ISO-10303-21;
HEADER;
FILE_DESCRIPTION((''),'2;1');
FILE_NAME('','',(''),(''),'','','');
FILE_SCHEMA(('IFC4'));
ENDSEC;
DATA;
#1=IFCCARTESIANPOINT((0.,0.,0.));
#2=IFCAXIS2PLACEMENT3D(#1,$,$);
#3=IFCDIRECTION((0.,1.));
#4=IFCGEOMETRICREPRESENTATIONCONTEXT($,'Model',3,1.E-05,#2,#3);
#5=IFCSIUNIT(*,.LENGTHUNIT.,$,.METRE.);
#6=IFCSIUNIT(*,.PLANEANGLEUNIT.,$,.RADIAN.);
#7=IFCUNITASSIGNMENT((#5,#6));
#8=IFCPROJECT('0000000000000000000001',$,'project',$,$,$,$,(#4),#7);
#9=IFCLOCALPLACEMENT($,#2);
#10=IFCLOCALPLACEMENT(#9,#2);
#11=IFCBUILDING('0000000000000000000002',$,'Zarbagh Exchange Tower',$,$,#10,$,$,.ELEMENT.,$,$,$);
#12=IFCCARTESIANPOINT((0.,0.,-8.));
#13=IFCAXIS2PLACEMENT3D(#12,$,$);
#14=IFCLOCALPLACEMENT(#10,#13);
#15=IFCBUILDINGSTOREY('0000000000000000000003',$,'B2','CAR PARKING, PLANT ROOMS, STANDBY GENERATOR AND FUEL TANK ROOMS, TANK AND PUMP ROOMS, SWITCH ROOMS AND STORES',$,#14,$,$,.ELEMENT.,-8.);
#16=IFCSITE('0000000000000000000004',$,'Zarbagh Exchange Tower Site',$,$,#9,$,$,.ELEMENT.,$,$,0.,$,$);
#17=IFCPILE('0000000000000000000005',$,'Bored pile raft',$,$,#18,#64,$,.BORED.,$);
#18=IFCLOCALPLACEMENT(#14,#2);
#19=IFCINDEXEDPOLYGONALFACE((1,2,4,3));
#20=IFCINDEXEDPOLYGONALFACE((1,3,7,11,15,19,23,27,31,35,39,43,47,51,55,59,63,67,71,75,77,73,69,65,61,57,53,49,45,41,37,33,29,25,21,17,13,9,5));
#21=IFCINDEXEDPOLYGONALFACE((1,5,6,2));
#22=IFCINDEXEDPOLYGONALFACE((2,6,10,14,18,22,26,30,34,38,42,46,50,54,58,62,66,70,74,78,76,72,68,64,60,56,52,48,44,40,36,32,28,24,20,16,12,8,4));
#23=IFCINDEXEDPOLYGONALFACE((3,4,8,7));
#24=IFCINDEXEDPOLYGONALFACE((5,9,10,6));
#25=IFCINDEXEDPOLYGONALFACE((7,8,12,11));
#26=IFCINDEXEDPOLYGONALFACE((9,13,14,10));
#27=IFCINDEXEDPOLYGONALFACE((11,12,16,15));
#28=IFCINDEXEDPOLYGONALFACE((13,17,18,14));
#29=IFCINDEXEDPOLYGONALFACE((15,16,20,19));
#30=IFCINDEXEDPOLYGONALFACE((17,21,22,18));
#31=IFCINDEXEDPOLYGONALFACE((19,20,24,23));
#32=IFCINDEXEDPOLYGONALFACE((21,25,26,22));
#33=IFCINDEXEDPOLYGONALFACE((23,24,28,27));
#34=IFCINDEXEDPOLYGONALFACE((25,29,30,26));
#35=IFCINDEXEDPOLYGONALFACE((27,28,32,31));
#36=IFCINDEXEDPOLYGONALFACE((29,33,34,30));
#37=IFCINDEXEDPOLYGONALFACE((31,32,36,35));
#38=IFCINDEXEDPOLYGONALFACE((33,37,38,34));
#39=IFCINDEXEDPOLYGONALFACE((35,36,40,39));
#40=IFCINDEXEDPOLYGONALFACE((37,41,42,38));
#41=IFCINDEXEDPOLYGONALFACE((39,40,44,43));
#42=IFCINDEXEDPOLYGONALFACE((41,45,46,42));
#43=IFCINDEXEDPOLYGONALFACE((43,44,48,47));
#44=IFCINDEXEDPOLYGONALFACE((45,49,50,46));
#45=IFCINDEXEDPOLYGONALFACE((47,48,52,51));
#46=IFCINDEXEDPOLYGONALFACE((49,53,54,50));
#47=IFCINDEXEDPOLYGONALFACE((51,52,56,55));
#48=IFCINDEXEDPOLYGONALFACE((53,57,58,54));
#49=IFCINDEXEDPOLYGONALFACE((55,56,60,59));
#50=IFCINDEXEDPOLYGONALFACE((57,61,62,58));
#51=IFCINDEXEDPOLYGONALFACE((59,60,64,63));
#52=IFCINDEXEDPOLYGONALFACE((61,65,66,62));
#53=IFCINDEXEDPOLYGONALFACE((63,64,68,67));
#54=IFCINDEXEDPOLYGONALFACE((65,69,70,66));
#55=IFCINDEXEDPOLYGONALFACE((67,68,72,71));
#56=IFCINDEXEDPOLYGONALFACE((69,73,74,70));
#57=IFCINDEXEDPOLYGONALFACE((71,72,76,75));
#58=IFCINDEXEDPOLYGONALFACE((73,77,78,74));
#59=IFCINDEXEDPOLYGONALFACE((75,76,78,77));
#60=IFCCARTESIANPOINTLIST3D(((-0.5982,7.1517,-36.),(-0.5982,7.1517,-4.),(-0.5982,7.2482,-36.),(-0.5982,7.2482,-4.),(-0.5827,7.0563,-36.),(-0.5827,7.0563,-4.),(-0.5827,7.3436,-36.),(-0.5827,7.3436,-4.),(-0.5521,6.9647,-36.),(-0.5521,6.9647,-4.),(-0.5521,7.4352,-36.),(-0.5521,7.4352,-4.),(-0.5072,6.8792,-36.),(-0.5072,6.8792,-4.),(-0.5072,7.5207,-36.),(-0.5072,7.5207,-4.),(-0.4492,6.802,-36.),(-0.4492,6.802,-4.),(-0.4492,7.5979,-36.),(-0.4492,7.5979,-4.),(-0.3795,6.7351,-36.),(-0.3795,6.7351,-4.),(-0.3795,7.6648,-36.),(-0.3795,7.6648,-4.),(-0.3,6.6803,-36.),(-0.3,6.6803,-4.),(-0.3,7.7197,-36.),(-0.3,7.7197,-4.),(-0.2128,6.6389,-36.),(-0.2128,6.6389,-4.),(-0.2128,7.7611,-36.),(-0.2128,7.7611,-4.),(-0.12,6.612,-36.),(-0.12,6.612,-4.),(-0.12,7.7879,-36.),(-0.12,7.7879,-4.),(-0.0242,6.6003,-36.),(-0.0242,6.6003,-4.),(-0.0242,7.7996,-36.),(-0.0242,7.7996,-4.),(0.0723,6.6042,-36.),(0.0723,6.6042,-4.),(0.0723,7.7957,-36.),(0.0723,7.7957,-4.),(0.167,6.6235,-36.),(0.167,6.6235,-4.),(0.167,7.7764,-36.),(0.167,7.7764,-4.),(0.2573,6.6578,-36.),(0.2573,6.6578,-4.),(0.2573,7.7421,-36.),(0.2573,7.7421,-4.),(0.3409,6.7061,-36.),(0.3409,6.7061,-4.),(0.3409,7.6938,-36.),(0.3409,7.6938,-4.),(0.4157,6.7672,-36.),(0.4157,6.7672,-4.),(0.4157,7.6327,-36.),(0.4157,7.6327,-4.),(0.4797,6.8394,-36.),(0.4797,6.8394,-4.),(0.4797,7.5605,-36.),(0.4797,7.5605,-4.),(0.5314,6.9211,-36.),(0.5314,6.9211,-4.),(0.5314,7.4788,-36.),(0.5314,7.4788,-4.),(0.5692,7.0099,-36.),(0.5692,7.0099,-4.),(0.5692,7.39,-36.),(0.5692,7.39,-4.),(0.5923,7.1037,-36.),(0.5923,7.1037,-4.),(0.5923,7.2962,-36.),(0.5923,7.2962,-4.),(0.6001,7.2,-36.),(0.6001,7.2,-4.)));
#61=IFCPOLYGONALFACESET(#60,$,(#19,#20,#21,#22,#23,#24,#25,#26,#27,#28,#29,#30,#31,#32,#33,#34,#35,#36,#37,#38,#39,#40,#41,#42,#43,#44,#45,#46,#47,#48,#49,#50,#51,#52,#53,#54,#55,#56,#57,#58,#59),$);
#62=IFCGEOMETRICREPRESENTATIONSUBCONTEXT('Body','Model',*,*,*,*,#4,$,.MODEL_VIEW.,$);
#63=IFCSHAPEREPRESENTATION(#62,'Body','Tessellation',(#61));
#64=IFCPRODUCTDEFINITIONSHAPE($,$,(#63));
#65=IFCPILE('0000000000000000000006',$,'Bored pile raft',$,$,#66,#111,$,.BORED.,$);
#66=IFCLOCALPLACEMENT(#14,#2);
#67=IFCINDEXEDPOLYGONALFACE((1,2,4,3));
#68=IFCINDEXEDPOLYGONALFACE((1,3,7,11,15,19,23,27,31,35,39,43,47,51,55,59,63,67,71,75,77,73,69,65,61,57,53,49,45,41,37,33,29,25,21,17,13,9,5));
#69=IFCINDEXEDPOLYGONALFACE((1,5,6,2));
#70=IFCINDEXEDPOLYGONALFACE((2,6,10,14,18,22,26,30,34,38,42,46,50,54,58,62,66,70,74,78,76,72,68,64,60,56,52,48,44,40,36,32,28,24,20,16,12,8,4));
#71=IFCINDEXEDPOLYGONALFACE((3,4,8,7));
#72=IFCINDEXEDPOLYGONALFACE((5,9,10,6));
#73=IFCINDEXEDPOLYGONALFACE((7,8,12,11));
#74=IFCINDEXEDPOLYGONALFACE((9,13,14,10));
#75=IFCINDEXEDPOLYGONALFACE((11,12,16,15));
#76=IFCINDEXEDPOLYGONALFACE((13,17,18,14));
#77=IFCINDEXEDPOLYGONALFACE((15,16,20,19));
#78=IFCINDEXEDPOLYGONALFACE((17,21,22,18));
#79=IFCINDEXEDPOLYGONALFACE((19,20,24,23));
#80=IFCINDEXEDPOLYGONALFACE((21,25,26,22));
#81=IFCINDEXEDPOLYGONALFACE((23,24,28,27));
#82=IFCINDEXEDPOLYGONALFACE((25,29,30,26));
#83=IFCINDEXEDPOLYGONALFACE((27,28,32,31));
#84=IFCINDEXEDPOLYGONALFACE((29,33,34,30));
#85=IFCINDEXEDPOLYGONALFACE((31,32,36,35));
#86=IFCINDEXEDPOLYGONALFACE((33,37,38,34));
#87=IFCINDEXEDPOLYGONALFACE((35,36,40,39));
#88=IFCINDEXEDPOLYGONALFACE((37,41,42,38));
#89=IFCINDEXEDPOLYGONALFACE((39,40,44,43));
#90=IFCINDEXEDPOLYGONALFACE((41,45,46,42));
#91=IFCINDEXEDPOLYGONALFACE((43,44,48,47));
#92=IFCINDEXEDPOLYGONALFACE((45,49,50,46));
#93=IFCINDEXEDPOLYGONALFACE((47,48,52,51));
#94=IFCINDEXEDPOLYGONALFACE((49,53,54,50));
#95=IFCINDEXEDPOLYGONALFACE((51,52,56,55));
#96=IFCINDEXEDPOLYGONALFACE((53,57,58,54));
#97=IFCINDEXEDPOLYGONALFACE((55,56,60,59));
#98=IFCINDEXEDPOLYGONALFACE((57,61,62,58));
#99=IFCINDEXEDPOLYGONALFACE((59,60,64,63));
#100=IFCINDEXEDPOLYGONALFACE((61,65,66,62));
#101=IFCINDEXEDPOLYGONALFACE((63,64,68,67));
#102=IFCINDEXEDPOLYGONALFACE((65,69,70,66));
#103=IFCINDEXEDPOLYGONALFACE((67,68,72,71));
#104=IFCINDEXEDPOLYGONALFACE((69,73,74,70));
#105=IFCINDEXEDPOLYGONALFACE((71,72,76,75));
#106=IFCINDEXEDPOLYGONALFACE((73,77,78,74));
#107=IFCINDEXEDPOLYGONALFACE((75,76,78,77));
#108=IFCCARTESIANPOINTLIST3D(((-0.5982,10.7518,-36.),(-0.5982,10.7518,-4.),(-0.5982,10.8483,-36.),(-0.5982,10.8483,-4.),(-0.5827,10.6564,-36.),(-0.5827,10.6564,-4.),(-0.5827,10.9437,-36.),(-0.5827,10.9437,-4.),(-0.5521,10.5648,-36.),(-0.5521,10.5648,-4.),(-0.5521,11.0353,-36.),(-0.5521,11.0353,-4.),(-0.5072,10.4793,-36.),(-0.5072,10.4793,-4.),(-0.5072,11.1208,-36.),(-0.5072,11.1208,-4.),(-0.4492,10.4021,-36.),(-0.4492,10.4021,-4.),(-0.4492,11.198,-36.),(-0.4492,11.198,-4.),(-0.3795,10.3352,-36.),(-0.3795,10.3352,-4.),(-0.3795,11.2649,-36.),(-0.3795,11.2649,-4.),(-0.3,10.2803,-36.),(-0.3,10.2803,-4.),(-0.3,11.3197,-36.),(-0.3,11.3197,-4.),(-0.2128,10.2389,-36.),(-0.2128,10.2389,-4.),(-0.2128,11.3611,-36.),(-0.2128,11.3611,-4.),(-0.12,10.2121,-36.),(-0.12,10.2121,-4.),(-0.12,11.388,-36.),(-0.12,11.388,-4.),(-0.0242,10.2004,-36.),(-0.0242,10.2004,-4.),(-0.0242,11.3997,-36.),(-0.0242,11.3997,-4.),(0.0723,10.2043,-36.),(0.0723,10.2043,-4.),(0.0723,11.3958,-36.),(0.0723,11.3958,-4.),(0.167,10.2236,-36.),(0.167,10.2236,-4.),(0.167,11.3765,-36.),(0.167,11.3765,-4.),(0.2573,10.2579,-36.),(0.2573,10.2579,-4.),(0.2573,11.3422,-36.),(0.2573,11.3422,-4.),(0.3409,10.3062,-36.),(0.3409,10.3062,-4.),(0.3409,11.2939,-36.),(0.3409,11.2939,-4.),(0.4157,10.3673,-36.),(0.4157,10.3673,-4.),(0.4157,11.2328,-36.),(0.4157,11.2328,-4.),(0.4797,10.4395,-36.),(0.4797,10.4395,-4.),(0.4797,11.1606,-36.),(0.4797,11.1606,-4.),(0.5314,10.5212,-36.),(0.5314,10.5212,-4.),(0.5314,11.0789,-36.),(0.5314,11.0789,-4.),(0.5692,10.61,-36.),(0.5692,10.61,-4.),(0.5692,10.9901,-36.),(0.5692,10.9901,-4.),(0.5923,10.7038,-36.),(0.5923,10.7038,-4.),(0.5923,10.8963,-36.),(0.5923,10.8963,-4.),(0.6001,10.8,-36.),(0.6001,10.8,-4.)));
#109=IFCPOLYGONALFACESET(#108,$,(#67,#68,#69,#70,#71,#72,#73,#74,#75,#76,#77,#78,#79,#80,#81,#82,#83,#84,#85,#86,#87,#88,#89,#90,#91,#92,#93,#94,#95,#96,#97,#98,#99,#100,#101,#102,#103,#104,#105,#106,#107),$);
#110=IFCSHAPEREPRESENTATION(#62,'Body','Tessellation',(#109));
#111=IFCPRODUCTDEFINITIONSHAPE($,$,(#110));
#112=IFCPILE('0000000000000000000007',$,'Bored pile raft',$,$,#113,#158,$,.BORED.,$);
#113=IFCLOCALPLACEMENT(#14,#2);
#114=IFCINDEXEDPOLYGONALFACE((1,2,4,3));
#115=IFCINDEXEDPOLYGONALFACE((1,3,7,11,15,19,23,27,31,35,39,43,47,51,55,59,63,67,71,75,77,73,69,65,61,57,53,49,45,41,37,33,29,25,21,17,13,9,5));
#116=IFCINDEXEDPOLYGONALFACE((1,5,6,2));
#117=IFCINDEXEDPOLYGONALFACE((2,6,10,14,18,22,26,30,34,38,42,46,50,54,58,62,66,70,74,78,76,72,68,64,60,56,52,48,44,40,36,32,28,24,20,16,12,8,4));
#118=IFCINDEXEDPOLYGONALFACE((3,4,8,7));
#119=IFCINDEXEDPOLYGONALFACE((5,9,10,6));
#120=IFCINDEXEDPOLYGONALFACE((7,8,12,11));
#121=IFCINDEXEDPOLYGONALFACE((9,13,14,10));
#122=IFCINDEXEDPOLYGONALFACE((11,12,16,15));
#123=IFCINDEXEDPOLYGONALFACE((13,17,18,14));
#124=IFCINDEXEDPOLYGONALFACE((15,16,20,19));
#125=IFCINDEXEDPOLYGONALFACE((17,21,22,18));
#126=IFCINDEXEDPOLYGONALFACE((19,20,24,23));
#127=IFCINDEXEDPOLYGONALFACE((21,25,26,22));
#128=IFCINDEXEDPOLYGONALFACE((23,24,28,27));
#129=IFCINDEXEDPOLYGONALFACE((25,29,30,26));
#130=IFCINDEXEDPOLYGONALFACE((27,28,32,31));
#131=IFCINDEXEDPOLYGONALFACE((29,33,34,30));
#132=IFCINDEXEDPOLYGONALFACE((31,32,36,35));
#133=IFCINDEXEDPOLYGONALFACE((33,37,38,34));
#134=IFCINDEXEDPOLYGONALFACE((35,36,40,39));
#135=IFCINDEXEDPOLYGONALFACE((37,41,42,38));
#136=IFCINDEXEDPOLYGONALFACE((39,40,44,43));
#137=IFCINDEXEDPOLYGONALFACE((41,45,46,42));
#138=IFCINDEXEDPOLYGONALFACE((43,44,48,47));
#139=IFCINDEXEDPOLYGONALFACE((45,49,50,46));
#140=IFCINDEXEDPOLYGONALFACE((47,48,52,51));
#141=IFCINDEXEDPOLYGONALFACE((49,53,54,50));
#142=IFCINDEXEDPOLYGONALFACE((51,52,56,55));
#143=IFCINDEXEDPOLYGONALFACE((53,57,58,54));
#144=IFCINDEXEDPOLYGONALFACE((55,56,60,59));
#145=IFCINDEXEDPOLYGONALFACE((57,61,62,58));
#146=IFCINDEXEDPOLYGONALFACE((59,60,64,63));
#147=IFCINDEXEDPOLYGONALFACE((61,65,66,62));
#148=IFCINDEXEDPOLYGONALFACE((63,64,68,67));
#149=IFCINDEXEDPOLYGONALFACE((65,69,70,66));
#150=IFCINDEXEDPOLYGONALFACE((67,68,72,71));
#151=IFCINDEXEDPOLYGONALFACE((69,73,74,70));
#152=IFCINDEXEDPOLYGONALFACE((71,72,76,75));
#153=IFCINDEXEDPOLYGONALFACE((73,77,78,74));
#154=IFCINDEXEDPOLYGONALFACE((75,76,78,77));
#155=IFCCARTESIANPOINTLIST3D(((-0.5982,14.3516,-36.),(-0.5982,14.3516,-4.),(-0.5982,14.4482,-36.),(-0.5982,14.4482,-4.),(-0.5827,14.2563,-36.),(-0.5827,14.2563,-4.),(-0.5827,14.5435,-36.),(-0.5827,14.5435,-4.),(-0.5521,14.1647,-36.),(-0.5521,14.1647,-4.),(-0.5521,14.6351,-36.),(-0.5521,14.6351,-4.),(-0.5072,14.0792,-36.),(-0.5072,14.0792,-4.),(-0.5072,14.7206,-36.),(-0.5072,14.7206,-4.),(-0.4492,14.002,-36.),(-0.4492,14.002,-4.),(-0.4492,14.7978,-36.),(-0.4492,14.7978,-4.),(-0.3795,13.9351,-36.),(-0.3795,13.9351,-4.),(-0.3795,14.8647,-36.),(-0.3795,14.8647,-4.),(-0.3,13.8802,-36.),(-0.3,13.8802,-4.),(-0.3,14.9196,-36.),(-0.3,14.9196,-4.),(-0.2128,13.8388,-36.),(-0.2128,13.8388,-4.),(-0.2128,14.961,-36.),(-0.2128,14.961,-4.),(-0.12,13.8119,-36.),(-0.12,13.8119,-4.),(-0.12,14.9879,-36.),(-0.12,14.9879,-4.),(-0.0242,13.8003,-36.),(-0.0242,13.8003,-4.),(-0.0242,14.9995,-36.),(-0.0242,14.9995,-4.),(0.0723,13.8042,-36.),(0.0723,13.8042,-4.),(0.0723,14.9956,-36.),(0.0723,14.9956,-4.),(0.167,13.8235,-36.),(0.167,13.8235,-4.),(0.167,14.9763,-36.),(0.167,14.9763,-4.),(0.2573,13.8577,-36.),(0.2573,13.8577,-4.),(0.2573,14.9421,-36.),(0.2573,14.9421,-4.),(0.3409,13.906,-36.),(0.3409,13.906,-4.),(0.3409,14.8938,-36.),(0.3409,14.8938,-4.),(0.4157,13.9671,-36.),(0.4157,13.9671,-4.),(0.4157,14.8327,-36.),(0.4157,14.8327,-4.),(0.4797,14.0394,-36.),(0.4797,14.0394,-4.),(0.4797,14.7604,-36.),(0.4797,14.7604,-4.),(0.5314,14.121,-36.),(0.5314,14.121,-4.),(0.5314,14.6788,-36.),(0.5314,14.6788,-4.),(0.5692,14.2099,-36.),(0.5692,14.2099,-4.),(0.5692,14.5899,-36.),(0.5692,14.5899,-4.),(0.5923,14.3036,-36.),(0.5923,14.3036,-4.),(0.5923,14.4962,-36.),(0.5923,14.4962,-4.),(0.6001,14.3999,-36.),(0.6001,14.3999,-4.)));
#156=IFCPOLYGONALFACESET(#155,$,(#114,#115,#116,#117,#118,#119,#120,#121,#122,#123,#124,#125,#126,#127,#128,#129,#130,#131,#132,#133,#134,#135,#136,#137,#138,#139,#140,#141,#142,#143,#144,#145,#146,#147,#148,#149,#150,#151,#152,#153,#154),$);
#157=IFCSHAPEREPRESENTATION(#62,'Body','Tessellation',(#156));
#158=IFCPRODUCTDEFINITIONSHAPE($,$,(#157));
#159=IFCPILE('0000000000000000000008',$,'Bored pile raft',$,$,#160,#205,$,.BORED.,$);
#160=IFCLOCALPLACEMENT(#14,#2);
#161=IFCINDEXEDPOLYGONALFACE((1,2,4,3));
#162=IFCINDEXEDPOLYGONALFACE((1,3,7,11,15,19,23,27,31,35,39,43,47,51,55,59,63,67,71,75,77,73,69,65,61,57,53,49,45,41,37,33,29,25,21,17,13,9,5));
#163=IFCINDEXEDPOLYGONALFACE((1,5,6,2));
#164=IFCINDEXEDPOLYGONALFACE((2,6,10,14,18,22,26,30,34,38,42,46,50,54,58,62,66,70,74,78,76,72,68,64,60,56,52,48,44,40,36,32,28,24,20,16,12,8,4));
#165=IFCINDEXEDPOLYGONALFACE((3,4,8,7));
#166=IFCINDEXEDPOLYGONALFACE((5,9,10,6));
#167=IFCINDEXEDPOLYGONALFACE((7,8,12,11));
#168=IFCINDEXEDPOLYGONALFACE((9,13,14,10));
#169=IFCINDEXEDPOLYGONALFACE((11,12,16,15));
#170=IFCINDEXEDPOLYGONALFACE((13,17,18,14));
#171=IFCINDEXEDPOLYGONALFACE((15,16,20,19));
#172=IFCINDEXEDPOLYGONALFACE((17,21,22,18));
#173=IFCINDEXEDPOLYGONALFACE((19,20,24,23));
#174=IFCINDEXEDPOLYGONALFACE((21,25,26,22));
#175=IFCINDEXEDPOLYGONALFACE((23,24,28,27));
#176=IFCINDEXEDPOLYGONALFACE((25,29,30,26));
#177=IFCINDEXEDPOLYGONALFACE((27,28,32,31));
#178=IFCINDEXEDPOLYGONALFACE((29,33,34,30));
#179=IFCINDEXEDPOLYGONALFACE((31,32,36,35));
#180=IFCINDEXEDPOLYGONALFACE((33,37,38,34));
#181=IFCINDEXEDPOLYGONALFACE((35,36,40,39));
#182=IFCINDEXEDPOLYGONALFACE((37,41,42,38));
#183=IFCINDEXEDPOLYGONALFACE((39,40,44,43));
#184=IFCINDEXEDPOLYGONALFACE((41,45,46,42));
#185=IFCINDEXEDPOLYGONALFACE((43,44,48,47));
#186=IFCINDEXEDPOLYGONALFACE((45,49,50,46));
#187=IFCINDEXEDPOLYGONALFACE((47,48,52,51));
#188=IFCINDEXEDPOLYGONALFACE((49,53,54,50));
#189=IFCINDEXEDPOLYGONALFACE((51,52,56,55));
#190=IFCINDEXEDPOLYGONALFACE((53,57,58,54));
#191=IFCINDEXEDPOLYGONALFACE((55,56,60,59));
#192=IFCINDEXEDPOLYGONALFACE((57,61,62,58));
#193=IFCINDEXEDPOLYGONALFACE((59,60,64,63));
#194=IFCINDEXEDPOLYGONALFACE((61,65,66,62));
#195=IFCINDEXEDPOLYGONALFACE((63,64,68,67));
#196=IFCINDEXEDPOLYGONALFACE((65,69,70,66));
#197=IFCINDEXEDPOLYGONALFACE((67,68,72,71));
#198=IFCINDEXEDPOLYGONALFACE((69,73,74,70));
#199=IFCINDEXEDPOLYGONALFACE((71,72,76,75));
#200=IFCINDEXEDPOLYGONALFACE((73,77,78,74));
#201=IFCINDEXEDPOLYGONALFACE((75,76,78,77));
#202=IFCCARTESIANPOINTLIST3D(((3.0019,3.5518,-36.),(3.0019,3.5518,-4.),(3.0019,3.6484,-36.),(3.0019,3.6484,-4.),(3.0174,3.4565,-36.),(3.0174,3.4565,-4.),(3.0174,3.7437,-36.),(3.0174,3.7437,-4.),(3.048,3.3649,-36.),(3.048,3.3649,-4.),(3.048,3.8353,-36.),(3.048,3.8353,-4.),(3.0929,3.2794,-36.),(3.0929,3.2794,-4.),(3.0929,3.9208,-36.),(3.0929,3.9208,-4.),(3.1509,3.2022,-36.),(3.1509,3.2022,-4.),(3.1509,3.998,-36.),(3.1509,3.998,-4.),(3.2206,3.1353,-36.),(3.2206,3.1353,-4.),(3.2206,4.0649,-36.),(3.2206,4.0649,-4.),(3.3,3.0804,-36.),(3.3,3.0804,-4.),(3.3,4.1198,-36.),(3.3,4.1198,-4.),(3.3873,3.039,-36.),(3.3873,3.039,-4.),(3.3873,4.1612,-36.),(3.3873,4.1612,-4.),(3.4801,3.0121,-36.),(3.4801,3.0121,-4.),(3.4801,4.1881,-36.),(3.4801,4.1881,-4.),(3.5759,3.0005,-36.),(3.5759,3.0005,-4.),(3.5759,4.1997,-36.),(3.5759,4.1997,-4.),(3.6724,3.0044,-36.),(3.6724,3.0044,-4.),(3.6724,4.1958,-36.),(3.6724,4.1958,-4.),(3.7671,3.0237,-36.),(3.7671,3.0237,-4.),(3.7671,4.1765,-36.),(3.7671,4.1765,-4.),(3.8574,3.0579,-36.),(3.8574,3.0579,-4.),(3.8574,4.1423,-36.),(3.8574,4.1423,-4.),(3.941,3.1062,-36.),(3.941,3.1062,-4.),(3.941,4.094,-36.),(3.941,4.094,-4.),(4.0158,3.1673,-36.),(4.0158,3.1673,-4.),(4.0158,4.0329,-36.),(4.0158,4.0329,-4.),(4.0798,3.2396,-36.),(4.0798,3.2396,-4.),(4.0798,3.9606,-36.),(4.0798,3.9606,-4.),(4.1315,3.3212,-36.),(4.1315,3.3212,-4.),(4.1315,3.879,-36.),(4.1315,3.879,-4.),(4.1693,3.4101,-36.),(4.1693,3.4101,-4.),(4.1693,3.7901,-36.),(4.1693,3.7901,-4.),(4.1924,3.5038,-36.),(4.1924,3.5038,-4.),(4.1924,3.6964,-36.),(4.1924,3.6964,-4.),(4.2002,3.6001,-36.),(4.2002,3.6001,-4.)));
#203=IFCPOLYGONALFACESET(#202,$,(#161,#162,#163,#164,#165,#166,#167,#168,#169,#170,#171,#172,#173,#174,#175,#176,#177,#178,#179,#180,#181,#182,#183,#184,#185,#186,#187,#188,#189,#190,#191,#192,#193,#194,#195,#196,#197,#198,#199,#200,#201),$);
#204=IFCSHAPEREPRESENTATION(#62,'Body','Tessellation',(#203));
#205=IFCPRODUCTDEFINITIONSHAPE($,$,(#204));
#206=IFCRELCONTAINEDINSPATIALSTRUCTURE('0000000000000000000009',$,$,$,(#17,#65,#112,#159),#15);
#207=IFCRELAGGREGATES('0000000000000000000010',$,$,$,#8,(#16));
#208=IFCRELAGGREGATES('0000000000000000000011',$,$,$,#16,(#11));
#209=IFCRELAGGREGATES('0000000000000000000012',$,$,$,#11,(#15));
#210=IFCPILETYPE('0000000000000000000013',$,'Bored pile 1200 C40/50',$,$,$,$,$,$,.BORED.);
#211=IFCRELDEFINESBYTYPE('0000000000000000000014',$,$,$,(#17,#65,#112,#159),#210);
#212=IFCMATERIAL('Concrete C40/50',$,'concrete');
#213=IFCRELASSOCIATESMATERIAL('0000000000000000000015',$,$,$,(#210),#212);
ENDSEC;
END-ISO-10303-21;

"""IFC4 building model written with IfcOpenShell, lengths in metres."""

from ifc_helpers import new_model, si_unit, direction, frame, origin, origin_2d, place, context, subcontext, project, spatial, circle, extrude, material, material_profile, profile_set, type_object, element, save


model = new_model("IFC4")

# Units and contexts
model_context = context("Model", 3, precision=1e-05, world=origin(), true_north=direction((0.0, 1.0)))
body_context = subcontext(model_context, "Body", "Model", "MODEL_VIEW")
ifc_project = project(units=[si_unit("LENGTHUNIT", "METRE"), si_unit("PLANEANGLEUNIT", "RADIAN")], contexts=[model_context])

# Site, building, storey
site_placement = place(None, origin())
site = spatial("IfcSite", under=ifc_project, at=site_placement, Name="Zarbagh Exchange Tower Site", CompositionType="ELEMENT", RefElevation=0.0)
building_placement = place(site_placement, origin())
building = spatial("IfcBuilding", under=site, at=building_placement, Name="Zarbagh Exchange Tower", CompositionType="ELEMENT")
storey_placement = place(building_placement, frame((0.0, 0.0, -8.0)))
storey = spatial("IfcBuildingStorey", under=building, at=storey_placement, Name="B2", Description="CAR PARKING, PLANT ROOMS, STANDBY GENERATOR AND FUEL TANK ROOMS, TANK AND PUMP ROOMS, SWITCH ROOMS AND STORES", CompositionType="ELEMENT", Elevation=-8.0)

# Piles
ifc_material_1 = material(Name="Concrete C40/50", Category="concrete")
ifc_material_profile_1 = material_profile(ifc_material_1, circle(Radius=0.6001, at=origin_2d()), Name="Bored pile 1200 C40/50")
ifc_profile_set_1 = profile_set([ifc_material_profile_1], Name="Concrete C40/50")
pile_type = type_object("IfcPileType", Name="Bored pile 1200 C40/50", PredefinedType="BORED", material=ifc_profile_set_1)
for number, where, z_axis, x_axis, name in (
    (1, (0.0, 7.2, -4.0), (0.0, 0.0, -1.0), (1.0, 0.0, 0.0), "Bored pile raft"),
    (2, (0.0, 10.8, -4.0), (0.0, 0.0, -1.0), (1.0, 0.0, 0.0), "Bored pile raft"),
    (3, (0.0, 14.3999, -4.0), (0.0, 0.0, -1.0), (1.0, 0.0, 0.0), "Bored pile raft"),
    (4, (3.6001, 3.6001, -4.0), (0.0, 0.0, -1.0), (1.0, 0.0, 0.0), "Bored pile raft"),
):
    element("IfcPile", number, at=place(storey_placement, frame(where, z_axis=z_axis, x_axis=x_axis)), inside=storey, type_object=pile_type, Name=name, PredefinedType="BORED", context=body_context, shape_type="SweptSolid", body=[
        extrude(circle(Radius=0.6001, at=origin_2d()), origin(), (0.0, 0.0, 1.0), 32.0),
    ])

save(model, "model.ifc")
